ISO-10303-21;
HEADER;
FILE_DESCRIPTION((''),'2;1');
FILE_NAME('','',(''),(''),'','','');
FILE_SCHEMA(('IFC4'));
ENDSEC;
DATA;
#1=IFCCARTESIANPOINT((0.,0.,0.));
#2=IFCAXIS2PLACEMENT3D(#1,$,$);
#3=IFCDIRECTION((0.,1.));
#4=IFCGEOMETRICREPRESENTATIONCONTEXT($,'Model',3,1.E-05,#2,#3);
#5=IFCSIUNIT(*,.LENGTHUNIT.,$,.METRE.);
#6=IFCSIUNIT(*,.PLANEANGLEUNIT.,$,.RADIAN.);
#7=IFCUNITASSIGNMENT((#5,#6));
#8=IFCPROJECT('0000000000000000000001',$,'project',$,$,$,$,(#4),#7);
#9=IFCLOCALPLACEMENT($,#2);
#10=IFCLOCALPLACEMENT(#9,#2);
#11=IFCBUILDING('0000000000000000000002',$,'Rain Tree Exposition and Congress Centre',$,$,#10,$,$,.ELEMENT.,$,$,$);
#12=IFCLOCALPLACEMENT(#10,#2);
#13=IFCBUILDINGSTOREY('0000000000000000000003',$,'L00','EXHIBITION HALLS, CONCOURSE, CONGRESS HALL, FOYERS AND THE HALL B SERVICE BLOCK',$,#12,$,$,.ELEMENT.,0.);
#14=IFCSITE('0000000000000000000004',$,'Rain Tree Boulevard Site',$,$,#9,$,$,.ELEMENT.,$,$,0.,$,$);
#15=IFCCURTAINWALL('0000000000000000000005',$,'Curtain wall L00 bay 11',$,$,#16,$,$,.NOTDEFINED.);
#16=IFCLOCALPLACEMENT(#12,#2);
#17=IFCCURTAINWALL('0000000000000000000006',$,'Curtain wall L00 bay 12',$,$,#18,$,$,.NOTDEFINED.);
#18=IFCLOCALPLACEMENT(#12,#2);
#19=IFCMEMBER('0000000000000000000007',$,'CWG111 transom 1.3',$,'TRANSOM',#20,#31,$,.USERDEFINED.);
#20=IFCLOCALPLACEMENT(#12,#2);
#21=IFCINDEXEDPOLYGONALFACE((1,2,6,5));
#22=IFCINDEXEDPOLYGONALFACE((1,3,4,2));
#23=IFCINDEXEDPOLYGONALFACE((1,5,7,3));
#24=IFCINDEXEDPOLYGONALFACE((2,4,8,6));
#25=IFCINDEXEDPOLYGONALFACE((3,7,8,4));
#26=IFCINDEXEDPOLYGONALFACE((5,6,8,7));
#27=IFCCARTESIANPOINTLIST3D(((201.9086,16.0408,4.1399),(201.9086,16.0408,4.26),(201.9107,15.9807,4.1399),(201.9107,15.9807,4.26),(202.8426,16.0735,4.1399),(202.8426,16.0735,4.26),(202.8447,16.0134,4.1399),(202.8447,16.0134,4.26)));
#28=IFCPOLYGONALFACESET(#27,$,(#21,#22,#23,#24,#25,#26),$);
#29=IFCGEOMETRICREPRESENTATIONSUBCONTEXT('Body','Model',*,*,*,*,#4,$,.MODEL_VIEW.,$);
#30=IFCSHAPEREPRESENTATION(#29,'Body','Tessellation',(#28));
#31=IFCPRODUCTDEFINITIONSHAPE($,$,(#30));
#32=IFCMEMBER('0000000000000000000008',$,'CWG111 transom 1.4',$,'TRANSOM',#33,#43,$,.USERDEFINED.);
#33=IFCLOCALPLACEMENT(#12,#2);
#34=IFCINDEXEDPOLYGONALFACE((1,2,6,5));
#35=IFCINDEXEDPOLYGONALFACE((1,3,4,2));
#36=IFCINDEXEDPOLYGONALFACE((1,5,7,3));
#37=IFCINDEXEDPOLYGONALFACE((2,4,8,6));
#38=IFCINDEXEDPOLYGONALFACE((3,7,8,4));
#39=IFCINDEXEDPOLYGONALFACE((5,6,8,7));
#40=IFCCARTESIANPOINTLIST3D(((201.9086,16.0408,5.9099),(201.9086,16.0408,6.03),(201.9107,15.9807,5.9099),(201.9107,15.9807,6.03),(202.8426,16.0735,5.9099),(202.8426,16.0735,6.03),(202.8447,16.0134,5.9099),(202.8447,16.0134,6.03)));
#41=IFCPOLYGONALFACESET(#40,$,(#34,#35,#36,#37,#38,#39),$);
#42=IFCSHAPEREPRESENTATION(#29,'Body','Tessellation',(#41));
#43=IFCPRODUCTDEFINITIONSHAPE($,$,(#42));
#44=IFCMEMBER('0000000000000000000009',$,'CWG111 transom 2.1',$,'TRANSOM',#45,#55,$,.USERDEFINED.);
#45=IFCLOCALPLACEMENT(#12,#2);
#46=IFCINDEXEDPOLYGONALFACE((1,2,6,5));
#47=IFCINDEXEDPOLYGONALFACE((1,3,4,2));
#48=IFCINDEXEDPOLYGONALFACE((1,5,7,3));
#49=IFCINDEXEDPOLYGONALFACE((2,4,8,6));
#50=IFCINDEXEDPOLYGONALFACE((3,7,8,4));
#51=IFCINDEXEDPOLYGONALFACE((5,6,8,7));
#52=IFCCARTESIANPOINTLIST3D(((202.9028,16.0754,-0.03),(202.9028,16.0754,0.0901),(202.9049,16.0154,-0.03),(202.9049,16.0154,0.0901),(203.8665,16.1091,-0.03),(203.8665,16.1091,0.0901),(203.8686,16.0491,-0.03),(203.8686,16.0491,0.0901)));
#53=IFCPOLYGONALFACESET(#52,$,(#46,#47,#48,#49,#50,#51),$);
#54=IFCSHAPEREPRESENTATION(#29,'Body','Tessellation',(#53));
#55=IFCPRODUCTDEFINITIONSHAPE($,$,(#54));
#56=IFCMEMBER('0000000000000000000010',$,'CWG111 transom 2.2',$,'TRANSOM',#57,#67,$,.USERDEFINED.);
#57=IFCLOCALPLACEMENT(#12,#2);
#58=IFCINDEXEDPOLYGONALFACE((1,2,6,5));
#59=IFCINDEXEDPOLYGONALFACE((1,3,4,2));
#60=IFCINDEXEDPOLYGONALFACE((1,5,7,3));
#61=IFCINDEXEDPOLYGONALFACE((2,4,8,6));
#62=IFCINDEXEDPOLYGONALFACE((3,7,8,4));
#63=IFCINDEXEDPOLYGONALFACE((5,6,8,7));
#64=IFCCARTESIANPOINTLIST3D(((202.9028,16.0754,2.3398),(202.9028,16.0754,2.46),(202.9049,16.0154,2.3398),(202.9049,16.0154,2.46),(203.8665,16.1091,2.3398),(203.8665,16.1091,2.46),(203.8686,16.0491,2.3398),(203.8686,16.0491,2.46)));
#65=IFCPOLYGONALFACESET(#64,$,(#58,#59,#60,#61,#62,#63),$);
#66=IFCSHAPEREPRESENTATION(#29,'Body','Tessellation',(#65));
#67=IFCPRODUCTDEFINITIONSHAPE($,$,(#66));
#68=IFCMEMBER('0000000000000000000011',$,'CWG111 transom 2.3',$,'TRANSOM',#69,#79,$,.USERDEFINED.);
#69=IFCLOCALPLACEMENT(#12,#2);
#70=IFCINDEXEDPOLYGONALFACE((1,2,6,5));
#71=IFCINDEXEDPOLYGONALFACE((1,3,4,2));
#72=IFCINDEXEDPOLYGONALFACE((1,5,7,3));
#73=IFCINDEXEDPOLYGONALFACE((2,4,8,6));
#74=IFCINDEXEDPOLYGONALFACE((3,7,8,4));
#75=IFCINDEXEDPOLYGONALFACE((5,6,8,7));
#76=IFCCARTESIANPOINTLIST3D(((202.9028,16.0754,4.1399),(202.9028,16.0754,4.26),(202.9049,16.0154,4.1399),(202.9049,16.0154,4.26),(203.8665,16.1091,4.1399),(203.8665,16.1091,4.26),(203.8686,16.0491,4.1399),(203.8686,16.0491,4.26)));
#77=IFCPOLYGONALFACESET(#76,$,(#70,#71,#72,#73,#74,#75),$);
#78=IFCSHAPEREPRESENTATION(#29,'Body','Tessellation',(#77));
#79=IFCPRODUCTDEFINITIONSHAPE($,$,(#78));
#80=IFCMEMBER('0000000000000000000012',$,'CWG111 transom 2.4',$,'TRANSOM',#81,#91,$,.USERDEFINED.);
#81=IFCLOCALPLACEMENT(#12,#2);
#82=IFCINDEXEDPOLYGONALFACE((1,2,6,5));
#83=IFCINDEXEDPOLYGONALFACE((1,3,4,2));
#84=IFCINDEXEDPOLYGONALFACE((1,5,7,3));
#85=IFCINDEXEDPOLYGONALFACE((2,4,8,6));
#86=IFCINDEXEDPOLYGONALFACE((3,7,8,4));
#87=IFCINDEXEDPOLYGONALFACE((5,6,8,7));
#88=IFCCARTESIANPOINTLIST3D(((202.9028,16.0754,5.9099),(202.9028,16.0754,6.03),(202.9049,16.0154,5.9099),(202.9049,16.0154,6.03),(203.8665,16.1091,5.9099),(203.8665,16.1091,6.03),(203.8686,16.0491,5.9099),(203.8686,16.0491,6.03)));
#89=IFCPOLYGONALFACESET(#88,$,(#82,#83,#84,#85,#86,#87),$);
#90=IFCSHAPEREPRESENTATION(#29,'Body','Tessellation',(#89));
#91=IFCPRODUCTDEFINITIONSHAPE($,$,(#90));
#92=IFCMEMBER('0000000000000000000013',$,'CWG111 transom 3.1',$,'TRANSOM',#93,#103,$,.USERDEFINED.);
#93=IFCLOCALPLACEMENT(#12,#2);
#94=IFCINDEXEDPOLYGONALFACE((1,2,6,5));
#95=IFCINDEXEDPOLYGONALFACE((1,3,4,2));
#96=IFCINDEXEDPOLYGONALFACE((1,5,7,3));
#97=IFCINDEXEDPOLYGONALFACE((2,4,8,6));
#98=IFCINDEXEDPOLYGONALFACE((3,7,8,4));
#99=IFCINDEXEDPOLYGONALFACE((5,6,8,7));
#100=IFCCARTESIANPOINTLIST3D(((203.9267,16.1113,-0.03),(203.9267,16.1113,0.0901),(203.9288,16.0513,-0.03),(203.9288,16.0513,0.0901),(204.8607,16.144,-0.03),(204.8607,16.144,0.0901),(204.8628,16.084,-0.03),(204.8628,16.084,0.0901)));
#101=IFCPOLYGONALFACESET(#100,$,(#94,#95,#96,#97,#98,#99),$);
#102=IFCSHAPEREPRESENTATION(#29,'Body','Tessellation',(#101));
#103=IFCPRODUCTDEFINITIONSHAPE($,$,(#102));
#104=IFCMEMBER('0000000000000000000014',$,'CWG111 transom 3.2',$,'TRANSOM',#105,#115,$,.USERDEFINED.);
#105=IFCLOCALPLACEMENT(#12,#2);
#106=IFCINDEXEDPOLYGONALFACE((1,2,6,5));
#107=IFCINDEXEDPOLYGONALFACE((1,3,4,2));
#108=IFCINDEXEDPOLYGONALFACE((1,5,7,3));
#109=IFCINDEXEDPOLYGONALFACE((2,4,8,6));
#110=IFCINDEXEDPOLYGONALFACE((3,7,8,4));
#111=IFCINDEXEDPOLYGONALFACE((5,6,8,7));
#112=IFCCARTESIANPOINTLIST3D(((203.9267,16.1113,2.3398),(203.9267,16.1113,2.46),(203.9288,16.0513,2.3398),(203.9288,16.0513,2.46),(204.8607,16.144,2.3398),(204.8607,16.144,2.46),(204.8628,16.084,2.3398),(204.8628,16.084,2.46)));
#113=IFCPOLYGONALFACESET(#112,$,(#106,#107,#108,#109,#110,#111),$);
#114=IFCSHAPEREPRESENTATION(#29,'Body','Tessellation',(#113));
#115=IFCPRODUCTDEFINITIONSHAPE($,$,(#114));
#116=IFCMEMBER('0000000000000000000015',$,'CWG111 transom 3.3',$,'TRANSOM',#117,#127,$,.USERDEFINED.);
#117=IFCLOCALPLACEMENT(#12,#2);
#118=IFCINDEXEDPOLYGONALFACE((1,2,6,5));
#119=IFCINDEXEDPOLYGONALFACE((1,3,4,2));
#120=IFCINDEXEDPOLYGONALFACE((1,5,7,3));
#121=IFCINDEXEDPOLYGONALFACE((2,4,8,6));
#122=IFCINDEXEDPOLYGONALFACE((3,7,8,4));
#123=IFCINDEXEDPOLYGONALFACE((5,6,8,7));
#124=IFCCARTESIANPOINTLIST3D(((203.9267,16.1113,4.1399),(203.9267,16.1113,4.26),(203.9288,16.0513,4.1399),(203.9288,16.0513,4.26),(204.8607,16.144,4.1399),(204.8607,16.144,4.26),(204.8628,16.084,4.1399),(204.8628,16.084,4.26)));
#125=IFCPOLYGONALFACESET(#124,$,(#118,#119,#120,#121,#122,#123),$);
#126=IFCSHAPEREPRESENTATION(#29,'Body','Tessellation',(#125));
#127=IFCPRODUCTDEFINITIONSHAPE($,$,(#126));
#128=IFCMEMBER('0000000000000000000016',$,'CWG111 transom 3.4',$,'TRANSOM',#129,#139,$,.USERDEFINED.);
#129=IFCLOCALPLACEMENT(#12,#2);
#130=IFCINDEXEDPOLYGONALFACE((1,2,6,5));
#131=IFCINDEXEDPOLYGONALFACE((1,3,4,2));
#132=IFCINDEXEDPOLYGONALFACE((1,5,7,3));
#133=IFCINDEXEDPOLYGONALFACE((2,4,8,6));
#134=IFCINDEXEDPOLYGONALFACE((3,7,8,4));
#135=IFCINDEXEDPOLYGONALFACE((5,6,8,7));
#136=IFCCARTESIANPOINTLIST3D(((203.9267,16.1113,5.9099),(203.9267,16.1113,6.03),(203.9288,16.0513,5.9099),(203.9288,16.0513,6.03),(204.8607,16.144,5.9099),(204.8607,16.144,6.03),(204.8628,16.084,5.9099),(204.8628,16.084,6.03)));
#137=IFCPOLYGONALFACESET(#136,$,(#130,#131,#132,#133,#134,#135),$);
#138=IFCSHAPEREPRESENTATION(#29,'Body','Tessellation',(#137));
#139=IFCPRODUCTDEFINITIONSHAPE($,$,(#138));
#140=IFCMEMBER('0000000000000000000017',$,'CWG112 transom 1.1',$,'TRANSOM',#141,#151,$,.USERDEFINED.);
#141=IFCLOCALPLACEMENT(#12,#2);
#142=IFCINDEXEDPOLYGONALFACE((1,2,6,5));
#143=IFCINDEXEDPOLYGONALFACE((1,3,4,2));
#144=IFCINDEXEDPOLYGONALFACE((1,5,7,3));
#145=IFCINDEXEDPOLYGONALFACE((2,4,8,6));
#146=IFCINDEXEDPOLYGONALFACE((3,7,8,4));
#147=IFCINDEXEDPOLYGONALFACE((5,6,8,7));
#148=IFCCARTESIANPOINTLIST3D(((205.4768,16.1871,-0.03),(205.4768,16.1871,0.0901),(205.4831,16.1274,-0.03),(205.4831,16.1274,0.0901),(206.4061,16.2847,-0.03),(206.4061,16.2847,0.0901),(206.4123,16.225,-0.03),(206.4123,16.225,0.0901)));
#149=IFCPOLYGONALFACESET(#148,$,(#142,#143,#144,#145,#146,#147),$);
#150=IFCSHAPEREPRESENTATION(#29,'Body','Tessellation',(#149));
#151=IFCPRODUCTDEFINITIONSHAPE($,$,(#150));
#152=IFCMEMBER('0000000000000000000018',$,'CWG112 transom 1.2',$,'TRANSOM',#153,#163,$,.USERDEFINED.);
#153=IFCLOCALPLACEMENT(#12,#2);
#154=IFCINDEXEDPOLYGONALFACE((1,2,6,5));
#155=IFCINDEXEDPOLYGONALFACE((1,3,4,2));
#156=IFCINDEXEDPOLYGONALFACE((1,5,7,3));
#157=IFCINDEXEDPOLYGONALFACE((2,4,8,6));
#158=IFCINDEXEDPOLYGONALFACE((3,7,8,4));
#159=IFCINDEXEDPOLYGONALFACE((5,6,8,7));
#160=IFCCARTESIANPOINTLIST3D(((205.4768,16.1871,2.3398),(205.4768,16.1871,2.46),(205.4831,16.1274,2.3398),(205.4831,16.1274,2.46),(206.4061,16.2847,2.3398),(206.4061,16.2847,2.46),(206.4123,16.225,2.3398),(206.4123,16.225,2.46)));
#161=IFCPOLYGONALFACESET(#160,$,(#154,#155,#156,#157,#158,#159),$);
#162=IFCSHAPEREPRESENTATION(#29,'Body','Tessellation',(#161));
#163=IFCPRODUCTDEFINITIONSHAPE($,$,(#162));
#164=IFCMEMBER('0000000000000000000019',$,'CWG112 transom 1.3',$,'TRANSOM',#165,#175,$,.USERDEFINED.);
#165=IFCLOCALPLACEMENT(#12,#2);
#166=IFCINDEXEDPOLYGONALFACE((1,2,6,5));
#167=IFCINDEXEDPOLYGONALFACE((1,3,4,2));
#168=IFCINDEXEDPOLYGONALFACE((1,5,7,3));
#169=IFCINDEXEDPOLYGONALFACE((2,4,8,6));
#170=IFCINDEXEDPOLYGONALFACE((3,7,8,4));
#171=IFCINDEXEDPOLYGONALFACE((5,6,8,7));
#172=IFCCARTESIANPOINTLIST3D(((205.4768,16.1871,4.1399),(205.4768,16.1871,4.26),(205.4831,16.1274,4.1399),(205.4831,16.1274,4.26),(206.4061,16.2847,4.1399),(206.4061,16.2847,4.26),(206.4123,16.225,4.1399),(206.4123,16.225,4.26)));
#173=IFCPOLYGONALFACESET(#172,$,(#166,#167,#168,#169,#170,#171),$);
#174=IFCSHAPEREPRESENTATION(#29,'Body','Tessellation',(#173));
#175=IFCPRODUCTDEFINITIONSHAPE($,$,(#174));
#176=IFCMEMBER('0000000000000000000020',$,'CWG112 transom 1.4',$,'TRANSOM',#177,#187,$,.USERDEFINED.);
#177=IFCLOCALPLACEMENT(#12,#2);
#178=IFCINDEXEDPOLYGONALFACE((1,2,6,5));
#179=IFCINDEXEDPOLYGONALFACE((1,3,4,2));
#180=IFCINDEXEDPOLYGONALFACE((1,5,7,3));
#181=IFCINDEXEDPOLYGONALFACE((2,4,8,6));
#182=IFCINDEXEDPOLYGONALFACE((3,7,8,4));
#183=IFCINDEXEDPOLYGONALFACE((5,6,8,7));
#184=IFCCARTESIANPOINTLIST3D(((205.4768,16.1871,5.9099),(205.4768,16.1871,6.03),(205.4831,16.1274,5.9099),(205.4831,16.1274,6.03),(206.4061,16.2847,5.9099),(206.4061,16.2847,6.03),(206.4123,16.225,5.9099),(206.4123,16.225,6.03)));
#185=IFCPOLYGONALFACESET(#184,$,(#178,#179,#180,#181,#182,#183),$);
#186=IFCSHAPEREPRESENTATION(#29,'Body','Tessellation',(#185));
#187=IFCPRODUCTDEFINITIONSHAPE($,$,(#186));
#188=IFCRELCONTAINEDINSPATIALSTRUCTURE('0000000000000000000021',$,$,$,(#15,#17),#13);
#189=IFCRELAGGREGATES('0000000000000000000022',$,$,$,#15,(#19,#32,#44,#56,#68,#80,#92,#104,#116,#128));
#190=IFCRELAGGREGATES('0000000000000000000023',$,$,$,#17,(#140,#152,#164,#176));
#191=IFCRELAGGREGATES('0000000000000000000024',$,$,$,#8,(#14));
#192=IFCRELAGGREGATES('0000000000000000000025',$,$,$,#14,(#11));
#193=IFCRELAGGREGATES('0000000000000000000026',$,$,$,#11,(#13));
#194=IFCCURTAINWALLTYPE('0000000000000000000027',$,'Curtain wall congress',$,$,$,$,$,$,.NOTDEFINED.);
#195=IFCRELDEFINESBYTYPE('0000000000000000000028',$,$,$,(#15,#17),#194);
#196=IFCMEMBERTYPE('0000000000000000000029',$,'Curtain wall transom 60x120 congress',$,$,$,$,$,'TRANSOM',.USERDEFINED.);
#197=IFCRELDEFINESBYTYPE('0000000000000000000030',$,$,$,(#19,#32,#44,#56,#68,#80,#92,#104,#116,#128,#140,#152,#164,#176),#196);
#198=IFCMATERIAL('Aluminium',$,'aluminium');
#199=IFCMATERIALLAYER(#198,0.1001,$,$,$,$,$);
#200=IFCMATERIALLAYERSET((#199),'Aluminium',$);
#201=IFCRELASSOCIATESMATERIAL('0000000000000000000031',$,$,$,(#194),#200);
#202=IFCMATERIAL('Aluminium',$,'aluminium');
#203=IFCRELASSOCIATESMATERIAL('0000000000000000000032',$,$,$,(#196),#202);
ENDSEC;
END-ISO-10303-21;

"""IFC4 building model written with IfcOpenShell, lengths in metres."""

from ifc_helpers import new_model, si_unit, direction, frame, origin, origin_2d, place, context, subcontext, project, spatial, rectangle, extrude, material, layer, layer_set, material_profile, profile_set, type_object, element, aggregate, save


model = new_model("IFC4")

# Units and contexts
model_context = context("Model", 3, precision=1e-05, world=origin(), true_north=direction((0.0, 1.0)))
body_context = subcontext(model_context, "Body", "Model", "MODEL_VIEW")
ifc_project = project(units=[si_unit("LENGTHUNIT", "METRE"), si_unit("PLANEANGLEUNIT", "RADIAN")], contexts=[model_context])

# Site, building, storey
site_placement = place(None, origin())
site = spatial("IfcSite", under=ifc_project, at=site_placement, Name="Rain Tree Boulevard Site", CompositionType="ELEMENT", RefElevation=0.0)
building_placement = place(site_placement, origin())
building = spatial("IfcBuilding", under=site, at=building_placement, Name="Rain Tree Exposition and Congress Centre", CompositionType="ELEMENT")
storey_placement = place(building_placement, origin())
storey = spatial("IfcBuildingStorey", under=building, at=storey_placement, Name="L00", Description="EXHIBITION HALLS, CONCOURSE, CONGRESS HALL, FOYERS AND THE HALL B SERVICE BLOCK", CompositionType="ELEMENT", Elevation=0.0)

# Shared definitions
ifc_material_1 = material(Name="Aluminium", Category="aluminium")
ifc_layer_1 = layer(ifc_material_1, 0.1001)
ifc_layer_set_1 = layer_set([ifc_layer_1], Name="Aluminium")
curtain_wall_type = type_object("IfcCurtainWallType", Name="Curtain wall congress", PredefinedType="NOTDEFINED", material=ifc_layer_set_1)

# Curtain walls
curtain_wall_1_placement = place(storey_placement, origin())
curtain_wall_1 = element("IfcCurtainWall", 1, at=curtain_wall_1_placement, inside=storey, type_object=curtain_wall_type, Name="Curtain wall L00 bay 11", PredefinedType="NOTDEFINED")
curtain_wall_2_placement = place(storey_placement, origin())
curtain_wall_2 = element("IfcCurtainWall", 2, at=curtain_wall_2_placement, inside=storey, type_object=curtain_wall_type, Name="Curtain wall L00 bay 12", PredefinedType="NOTDEFINED")

# Members
ifc_material_2 = material(Name="Aluminium", Category="aluminium")
ifc_material_profile_1 = material_profile(ifc_material_2, rectangle(XDim=0.0601, YDim=0.1201, at=origin_2d()), Name="AL 60x120")
ifc_profile_set_1 = profile_set([ifc_material_profile_1], Name="Aluminium")
member_type_1 = type_object("IfcMemberType", Name="Curtain wall transom 60x120 congress", ElementType="TRANSOM", PredefinedType="USERDEFINED", material=ifc_profile_set_1)
member_1_placement = place(storey_placement, frame((201.9097, 16.0107, 4.2), z_axis=(0.999387, 0.035002, 0.0), x_axis=(-0.035002, 0.999387, 0.0)))
member_1 = element("IfcMember", 3, at=member_1_placement, type_object=member_type_1, Name="CWG111 transom 1.3", ObjectType="TRANSOM", PredefinedType="USERDEFINED", context=body_context, shape_type="SweptSolid", body=[
    extrude(rectangle(XDim=0.0601, YDim=0.1201, at=origin_2d()), origin(), (0.0, 0.0, 1.0), 0.9346),
])
member_2_placement = place(storey_placement, frame((201.9097, 16.0107, 5.97), z_axis=(0.999387, 0.035002, 0.0), x_axis=(-0.035002, 0.999387, 0.0)))
member_2 = element("IfcMember", 4, at=member_2_placement, type_object=member_type_1, Name="CWG111 transom 1.4", ObjectType="TRANSOM", PredefinedType="USERDEFINED", context=body_context, shape_type="SweptSolid", body=[
    extrude(rectangle(XDim=0.0601, YDim=0.1201, at=origin_2d()), origin(), (0.0, 0.0, 1.0), 0.9346),
])
member_3_placement = place(storey_placement, frame((202.9038, 16.0454, 0.03), z_axis=(0.99939, 0.034933, 0.0), x_axis=(-0.034933, 0.99939, 0.0)))
member_3 = element("IfcMember", 5, at=member_3_placement, type_object=member_type_1, Name="CWG111 transom 2.1", ObjectType="TRANSOM", PredefinedType="USERDEFINED", context=body_context, shape_type="SweptSolid", body=[
    extrude(rectangle(XDim=0.0601, YDim=0.1201, at=origin_2d()), origin(), (0.0, 0.0, 1.0), 0.9644),
])
member_4_placement = place(storey_placement, frame((202.9038, 16.0454, 2.3999), z_axis=(0.99939, 0.034933, 0.0), x_axis=(-0.034933, 0.99939, 0.0)))
member_4 = element("IfcMember", 6, at=member_4_placement, type_object=member_type_1, Name="CWG111 transom 2.2", ObjectType="TRANSOM", PredefinedType="USERDEFINED", context=body_context, shape_type="SweptSolid", body=[
    extrude(rectangle(XDim=0.0601, YDim=0.1201, at=origin_2d()), origin(), (0.0, 0.0, 1.0), 0.9644),
])
member_5_placement = place(storey_placement, frame((202.9038, 16.0454, 4.2), z_axis=(0.99939, 0.034933, 0.0), x_axis=(-0.034933, 0.99939, 0.0)))
member_5 = element("IfcMember", 7, at=member_5_placement, type_object=member_type_1, Name="CWG111 transom 2.3", ObjectType="TRANSOM", PredefinedType="USERDEFINED", context=body_context, shape_type="SweptSolid", body=[
    extrude(rectangle(XDim=0.0601, YDim=0.1201, at=origin_2d()), origin(), (0.0, 0.0, 1.0), 0.9644),
])
member_6_placement = place(storey_placement, frame((202.9038, 16.0454, 5.97), z_axis=(0.99939, 0.034933, 0.0), x_axis=(-0.034933, 0.99939, 0.0)))
member_6 = element("IfcMember", 8, at=member_6_placement, type_object=member_type_1, Name="CWG111 transom 2.4", ObjectType="TRANSOM", PredefinedType="USERDEFINED", context=body_context, shape_type="SweptSolid", body=[
    extrude(rectangle(XDim=0.0601, YDim=0.1201, at=origin_2d()), origin(), (0.0, 0.0, 1.0), 0.9644),
])
member_7_placement = place(storey_placement, frame((203.9277, 16.0813, 0.03), z_axis=(0.999387, 0.035002, 0.0), x_axis=(-0.035002, 0.999387, 0.0)))
member_7 = element("IfcMember", 9, at=member_7_placement, type_object=member_type_1, Name="CWG111 transom 3.1", ObjectType="TRANSOM", PredefinedType="USERDEFINED", context=body_context, shape_type="SweptSolid", body=[
    extrude(rectangle(XDim=0.0601, YDim=0.1201, at=origin_2d()), origin(), (0.0, 0.0, 1.0), 0.9346),
])
member_8_placement = place(storey_placement, frame((203.9277, 16.0813, 2.3999), z_axis=(0.999387, 0.035002, 0.0), x_axis=(-0.035002, 0.999387, 0.0)))
member_8 = element("IfcMember", 10, at=member_8_placement, type_object=member_type_1, Name="CWG111 transom 3.2", ObjectType="TRANSOM", PredefinedType="USERDEFINED", context=body_context, shape_type="SweptSolid", body=[
    extrude(rectangle(XDim=0.0601, YDim=0.1201, at=origin_2d()), origin(), (0.0, 0.0, 1.0), 0.9346),
])
member_9_placement = place(storey_placement, frame((203.9277, 16.0813, 4.2), z_axis=(0.999387, 0.035002, 0.0), x_axis=(-0.035002, 0.999387, 0.0)))
member_9 = element("IfcMember", 11, at=member_9_placement, type_object=member_type_1, Name="CWG111 transom 3.3", ObjectType="TRANSOM", PredefinedType="USERDEFINED", context=body_context, shape_type="SweptSolid", body=[
    extrude(rectangle(XDim=0.0601, YDim=0.1201, at=origin_2d()), origin(), (0.0, 0.0, 1.0), 0.9346),
])
member_10_placement = place(storey_placement, frame((203.9277, 16.0813, 5.97), z_axis=(0.999387, 0.035002, 0.0), x_axis=(-0.035002, 0.999387, 0.0)))
member_10 = element("IfcMember", 12, at=member_10_placement, type_object=member_type_1, Name="CWG111 transom 3.4", ObjectType="TRANSOM", PredefinedType="USERDEFINED", context=body_context, shape_type="SweptSolid", body=[
    extrude(rectangle(XDim=0.0601, YDim=0.1201, at=origin_2d()), origin(), (0.0, 0.0, 1.0), 0.9346),
])
member_11_placement = place(storey_placement, frame((205.48, 16.1572, 0.03), z_axis=(0.994523, 0.104522, 0.0), x_axis=(-0.104522, 0.994523, 0.0)))
member_11 = element("IfcMember", 13, at=member_11_placement, type_object=member_type_1, Name="CWG112 transom 1.1", ObjectType="TRANSOM", PredefinedType="USERDEFINED", context=body_context, shape_type="SweptSolid", body=[
    extrude(rectangle(XDim=0.0601, YDim=0.1201, at=origin_2d()), origin(), (0.0, 0.0, 1.0), 0.9343),
])
member_12_placement = place(storey_placement, frame((205.48, 16.1572, 2.3999), z_axis=(0.994523, 0.104522, 0.0), x_axis=(-0.104522, 0.994523, 0.0)))
member_12 = element("IfcMember", 14, at=member_12_placement, type_object=member_type_1, Name="CWG112 transom 1.2", ObjectType="TRANSOM", PredefinedType="USERDEFINED", context=body_context, shape_type="SweptSolid", body=[
    extrude(rectangle(XDim=0.0601, YDim=0.1201, at=origin_2d()), origin(), (0.0, 0.0, 1.0), 0.9343),
])
member_13_placement = place(storey_placement, frame((205.48, 16.1572, 4.2), z_axis=(0.994523, 0.104522, 0.0), x_axis=(-0.104522, 0.994523, 0.0)))
member_13 = element("IfcMember", 15, at=member_13_placement, type_object=member_type_1, Name="CWG112 transom 1.3", ObjectType="TRANSOM", PredefinedType="USERDEFINED", context=body_context, shape_type="SweptSolid", body=[
    extrude(rectangle(XDim=0.0601, YDim=0.1201, at=origin_2d()), origin(), (0.0, 0.0, 1.0), 0.9343),
])
member_14_placement = place(storey_placement, frame((205.48, 16.1572, 5.97), z_axis=(0.994523, 0.104522, 0.0), x_axis=(-0.104522, 0.994523, 0.0)))
member_14 = element("IfcMember", 16, at=member_14_placement, type_object=member_type_1, Name="CWG112 transom 1.4", ObjectType="TRANSOM", PredefinedType="USERDEFINED", context=body_context, shape_type="SweptSolid", body=[
    extrude(rectangle(XDim=0.0601, YDim=0.1201, at=origin_2d()), origin(), (0.0, 0.0, 1.0), 0.9343),
])

aggregate(curtain_wall_1, [member_1, member_2, member_3, member_4, member_5, member_6, member_7, member_8, member_9, member_10])
aggregate(curtain_wall_2, [member_11, member_12, member_13, member_14])

save(model, "model.ifc")
